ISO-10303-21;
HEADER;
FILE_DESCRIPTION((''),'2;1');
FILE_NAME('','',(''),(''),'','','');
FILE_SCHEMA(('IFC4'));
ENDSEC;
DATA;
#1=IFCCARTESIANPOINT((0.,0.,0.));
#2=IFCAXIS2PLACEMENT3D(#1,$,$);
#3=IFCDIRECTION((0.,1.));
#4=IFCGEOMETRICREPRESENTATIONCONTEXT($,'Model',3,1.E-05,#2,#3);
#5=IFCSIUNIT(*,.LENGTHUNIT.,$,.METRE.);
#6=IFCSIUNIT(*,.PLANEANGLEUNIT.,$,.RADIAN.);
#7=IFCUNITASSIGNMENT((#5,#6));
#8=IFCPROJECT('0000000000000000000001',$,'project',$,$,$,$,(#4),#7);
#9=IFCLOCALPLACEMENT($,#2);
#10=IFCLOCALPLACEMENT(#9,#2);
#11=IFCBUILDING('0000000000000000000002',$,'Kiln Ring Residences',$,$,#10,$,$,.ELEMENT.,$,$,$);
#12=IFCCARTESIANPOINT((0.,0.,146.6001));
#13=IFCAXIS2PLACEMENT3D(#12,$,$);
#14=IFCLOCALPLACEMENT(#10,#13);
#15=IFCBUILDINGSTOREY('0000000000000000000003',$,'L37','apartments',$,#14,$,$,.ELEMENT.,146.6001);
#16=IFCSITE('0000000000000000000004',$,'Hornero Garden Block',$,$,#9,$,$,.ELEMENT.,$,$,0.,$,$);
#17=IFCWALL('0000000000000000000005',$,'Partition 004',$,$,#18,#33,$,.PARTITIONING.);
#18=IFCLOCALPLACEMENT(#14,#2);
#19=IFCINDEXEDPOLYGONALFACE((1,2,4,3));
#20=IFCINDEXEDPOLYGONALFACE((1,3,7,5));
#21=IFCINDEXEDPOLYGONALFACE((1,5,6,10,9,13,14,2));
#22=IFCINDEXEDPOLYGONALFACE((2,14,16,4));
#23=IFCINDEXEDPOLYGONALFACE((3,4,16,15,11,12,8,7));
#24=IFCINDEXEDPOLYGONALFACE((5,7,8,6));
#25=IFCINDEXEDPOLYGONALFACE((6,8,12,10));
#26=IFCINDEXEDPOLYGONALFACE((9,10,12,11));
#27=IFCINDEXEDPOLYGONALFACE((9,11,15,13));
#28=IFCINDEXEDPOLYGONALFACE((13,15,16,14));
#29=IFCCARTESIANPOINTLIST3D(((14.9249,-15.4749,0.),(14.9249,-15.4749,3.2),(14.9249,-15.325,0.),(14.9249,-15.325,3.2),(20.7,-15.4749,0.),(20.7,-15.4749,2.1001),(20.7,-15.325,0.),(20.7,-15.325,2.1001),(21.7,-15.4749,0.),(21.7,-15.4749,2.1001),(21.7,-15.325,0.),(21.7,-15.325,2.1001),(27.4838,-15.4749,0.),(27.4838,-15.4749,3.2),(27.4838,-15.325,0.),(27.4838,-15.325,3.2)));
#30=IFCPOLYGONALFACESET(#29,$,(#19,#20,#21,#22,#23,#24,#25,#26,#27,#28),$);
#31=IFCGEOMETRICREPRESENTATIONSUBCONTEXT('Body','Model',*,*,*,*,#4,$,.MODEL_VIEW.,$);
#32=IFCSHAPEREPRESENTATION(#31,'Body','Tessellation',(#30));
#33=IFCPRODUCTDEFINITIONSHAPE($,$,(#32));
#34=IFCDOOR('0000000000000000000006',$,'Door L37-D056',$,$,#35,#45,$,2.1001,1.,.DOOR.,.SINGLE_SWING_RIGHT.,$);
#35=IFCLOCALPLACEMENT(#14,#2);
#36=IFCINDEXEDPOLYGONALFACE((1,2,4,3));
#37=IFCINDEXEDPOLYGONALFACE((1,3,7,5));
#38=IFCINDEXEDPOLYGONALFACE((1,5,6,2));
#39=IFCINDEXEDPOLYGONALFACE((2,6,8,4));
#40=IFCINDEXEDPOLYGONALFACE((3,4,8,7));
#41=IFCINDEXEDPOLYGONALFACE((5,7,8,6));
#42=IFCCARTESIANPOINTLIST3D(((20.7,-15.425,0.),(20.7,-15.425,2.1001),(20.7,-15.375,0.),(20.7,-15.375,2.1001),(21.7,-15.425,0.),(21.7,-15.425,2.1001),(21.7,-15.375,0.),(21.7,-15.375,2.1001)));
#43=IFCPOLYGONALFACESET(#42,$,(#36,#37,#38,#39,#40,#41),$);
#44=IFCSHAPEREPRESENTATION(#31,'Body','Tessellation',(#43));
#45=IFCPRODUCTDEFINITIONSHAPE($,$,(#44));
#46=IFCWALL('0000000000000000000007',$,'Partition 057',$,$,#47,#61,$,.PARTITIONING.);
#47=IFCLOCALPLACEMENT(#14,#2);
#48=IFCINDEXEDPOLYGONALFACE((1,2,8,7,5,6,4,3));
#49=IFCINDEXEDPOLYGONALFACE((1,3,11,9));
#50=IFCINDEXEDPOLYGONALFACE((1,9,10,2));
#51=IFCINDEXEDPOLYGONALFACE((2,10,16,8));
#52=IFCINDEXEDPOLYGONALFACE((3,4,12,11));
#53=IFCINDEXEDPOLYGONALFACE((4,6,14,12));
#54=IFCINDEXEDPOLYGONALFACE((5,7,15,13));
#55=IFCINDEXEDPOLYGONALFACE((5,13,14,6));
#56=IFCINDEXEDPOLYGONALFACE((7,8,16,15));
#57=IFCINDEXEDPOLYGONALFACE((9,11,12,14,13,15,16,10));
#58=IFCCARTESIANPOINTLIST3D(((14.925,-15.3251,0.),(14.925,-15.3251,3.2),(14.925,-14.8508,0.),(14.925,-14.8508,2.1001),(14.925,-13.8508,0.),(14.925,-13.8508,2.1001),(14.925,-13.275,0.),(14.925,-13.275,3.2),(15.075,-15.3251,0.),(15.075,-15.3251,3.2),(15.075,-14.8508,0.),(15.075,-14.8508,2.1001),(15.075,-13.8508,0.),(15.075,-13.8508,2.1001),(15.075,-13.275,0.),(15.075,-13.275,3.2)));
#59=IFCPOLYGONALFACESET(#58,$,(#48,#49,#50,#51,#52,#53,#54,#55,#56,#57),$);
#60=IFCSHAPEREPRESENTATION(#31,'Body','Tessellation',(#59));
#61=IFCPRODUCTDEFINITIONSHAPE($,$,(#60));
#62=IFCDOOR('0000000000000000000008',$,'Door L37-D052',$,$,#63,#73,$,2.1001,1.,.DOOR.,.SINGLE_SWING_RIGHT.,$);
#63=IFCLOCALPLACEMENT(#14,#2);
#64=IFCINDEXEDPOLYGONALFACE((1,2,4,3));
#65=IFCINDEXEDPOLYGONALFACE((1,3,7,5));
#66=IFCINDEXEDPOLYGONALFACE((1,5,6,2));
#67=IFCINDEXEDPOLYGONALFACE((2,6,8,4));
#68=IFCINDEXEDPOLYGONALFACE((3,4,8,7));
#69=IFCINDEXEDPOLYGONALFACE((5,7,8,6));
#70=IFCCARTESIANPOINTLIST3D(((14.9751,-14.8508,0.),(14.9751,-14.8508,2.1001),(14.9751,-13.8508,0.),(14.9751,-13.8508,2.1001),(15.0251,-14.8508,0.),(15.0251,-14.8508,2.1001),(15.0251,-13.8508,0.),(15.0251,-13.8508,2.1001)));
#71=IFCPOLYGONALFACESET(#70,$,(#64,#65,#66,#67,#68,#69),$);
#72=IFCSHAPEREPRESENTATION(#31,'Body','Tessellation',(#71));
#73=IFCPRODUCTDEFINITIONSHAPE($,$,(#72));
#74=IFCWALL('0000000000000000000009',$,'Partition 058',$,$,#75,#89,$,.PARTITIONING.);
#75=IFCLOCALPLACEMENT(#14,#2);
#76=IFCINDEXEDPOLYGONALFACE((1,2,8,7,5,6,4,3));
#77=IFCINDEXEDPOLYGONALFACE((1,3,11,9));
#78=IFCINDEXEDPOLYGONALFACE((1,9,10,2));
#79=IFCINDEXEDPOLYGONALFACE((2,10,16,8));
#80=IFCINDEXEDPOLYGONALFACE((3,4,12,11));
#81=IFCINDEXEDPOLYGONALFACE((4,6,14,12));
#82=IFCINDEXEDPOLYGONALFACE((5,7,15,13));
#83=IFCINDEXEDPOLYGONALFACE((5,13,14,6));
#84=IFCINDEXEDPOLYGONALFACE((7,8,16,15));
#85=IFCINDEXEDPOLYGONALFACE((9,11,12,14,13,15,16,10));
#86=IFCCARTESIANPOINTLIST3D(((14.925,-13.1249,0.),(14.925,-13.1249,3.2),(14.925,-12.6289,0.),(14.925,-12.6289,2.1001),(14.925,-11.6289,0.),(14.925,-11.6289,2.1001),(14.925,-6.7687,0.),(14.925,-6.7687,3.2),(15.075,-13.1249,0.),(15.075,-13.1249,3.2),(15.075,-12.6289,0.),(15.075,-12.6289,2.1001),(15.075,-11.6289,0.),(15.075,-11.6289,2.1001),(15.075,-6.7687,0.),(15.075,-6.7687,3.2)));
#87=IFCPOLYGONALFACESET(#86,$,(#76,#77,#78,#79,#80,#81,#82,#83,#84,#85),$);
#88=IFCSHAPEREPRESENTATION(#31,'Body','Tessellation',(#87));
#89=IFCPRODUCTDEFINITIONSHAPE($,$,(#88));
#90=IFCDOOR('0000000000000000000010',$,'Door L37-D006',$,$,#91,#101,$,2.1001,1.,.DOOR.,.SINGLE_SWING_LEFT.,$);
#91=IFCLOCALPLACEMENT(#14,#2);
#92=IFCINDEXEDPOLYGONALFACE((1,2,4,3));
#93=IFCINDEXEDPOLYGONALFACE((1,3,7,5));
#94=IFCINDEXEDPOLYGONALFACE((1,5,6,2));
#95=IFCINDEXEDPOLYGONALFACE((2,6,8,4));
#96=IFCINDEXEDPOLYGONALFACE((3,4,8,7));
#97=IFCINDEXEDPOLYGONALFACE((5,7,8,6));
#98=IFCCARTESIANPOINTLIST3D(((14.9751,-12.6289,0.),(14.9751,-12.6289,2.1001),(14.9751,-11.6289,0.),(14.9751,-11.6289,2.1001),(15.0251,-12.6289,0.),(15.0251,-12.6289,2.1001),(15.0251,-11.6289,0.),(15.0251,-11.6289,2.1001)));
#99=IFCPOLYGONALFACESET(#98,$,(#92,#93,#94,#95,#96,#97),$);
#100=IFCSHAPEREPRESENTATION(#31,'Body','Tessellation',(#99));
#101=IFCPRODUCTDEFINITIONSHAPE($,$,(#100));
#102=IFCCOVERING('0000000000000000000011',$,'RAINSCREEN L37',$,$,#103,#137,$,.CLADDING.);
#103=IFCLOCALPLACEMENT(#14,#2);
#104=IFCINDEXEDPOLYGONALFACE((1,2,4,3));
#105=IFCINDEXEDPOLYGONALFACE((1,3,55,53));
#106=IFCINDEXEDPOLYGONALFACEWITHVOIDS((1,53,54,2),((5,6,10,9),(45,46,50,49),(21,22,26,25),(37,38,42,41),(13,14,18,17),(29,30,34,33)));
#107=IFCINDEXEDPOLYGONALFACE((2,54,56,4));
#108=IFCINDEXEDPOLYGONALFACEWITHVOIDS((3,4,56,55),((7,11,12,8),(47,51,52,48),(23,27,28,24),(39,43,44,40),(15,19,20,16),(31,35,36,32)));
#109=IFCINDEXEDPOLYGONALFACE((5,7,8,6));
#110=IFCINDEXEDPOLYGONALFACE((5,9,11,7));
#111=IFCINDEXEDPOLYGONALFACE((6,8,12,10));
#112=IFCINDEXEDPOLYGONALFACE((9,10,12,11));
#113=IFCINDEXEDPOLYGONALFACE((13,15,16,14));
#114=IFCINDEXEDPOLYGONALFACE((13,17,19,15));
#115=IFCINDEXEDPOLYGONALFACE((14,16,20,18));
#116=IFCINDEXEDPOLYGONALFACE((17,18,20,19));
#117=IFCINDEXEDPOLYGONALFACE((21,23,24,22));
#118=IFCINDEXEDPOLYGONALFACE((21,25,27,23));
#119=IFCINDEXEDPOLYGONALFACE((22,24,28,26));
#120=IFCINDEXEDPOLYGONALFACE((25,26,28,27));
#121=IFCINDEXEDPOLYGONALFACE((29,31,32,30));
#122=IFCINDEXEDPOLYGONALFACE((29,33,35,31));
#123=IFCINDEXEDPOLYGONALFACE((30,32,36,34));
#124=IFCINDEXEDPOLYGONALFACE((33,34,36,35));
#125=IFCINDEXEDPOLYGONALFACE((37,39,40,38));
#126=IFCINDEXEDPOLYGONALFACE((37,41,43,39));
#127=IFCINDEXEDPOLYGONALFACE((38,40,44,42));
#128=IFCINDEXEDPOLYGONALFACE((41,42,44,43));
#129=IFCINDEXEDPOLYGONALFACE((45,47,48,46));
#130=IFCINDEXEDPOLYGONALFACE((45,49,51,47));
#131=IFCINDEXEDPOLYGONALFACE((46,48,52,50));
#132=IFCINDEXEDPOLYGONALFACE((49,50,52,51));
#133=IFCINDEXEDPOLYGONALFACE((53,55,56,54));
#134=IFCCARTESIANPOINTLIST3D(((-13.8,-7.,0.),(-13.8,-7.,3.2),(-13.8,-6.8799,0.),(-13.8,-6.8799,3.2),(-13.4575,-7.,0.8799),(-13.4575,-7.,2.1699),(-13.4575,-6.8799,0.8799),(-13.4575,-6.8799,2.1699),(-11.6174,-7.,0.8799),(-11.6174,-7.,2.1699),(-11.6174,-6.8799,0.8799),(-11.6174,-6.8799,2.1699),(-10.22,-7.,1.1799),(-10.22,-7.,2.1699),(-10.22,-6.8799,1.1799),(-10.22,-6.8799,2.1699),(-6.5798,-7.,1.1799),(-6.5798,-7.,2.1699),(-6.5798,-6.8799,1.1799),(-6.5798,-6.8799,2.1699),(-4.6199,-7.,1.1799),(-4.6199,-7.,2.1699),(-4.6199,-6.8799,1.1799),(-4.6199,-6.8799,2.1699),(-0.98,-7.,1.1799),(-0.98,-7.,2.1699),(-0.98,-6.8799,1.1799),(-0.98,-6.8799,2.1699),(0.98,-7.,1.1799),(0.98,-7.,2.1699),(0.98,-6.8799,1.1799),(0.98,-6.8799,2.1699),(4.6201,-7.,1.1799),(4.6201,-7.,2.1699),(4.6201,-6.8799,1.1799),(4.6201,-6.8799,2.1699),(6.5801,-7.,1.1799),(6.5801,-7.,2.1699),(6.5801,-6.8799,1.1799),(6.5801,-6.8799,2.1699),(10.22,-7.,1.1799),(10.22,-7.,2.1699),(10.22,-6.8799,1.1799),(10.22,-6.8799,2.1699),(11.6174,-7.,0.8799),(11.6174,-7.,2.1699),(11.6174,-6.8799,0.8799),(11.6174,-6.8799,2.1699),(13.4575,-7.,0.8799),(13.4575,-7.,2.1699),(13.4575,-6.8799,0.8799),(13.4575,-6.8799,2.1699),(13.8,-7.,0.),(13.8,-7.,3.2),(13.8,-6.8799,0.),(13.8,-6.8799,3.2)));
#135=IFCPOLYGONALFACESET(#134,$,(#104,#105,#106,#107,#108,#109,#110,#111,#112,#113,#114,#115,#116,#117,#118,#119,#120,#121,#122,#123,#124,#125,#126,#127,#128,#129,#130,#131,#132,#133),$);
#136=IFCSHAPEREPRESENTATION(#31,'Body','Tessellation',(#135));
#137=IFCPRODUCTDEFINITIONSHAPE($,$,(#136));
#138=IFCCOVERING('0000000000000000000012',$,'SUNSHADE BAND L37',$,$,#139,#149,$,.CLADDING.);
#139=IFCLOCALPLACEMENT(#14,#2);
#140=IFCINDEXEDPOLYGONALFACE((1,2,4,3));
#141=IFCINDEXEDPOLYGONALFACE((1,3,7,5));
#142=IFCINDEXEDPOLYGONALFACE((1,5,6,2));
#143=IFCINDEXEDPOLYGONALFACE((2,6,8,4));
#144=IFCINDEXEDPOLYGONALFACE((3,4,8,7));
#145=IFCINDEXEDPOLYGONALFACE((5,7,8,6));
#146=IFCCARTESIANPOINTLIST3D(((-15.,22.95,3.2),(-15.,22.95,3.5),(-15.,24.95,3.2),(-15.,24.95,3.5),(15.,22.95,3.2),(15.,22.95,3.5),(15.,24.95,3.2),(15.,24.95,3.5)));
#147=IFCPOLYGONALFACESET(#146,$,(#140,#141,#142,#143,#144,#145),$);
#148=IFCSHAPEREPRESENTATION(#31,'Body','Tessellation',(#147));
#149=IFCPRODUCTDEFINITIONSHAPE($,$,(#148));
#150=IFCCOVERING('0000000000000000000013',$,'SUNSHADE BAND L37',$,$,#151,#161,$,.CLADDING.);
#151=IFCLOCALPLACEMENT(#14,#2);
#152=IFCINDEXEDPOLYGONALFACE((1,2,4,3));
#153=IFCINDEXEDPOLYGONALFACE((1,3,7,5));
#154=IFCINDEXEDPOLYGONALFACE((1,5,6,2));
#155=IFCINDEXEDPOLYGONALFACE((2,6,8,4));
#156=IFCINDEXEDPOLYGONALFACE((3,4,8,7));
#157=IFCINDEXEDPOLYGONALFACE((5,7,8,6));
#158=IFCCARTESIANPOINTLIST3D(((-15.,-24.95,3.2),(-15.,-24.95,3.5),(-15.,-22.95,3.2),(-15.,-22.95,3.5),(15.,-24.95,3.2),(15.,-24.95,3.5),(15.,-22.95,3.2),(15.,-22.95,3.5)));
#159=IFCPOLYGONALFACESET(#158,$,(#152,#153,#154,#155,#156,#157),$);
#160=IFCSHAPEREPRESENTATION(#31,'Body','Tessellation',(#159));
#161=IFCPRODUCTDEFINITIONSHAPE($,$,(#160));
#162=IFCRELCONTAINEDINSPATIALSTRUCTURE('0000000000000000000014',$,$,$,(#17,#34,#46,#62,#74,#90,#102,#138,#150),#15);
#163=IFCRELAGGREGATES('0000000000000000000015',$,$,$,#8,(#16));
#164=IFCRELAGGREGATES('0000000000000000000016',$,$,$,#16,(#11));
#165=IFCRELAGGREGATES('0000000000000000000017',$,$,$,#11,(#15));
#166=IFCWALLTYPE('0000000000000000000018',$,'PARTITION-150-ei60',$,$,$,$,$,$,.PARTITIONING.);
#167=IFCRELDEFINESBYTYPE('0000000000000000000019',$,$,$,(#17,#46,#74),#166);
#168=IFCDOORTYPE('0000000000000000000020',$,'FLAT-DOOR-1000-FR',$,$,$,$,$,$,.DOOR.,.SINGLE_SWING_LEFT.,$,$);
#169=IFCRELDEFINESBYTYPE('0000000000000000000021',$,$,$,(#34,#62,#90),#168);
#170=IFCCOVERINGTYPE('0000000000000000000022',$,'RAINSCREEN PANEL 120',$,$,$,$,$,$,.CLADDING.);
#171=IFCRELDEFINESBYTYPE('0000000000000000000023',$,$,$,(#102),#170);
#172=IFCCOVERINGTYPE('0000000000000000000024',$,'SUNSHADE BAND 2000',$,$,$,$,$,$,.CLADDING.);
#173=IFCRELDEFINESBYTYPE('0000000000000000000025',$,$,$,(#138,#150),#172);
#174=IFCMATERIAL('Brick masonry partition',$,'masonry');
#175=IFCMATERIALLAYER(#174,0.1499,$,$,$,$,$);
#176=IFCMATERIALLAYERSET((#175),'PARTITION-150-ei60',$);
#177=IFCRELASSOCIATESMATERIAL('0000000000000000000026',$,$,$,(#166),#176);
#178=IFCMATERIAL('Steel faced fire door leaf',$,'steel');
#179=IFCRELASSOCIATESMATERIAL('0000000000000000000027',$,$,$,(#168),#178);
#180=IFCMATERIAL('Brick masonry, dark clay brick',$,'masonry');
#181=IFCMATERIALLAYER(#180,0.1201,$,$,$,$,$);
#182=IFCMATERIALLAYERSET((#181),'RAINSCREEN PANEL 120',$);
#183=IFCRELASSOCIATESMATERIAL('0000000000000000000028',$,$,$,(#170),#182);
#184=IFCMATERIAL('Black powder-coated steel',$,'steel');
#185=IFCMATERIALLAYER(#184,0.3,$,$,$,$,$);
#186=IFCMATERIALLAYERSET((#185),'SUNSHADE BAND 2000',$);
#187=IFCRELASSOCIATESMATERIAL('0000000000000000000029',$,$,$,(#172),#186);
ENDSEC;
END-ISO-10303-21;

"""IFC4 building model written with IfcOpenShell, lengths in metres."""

from ifc_helpers import new_model, si_unit, direction, frame, frame_2d, origin, place, context, subcontext, project, spatial, polyline, rectangle, outline, extrude, material, layer, layer_set, type_object, element, fill, save


model = new_model("IFC4")

# Units and contexts
model_context = context("Model", 3, precision=1e-05, world=origin(), true_north=direction((0.0, 1.0)))
body_context = subcontext(model_context, "Body", "Model", "MODEL_VIEW")
ifc_project = project(units=[si_unit("LENGTHUNIT", "METRE"), si_unit("PLANEANGLEUNIT", "RADIAN")], contexts=[model_context])

# Site, building, storey
site_placement = place(None, origin())
site = spatial("IfcSite", under=ifc_project, at=site_placement, Name="Hornero Garden Block", CompositionType="ELEMENT", RefElevation=0.0)
building_placement = place(site_placement, origin())
building = spatial("IfcBuilding", under=site, at=building_placement, Name="Kiln Ring Residences", CompositionType="ELEMENT")
storey_placement = place(building_placement, frame((0.0, 0.0, 146.6001)))
storey = spatial("IfcBuildingStorey", under=building, at=storey_placement, Name="L37", Description="apartments", CompositionType="ELEMENT", Elevation=146.6001)

# Walls, openings, doors
ifc_material_1 = material(Name="Brick masonry partition", Category="masonry")
ifc_layer_1 = layer(ifc_material_1, 0.1499)
ifc_layer_set_1 = layer_set([ifc_layer_1], Name="PARTITION-150-ei60")
wall_type_1 = type_object("IfcWallType", Name="PARTITION-150-ei60", PredefinedType="PARTITIONING", material=ifc_layer_set_1)
wall_1_placement = place(storey_placement, frame((14.925, -15.3999, 0.0), z_axis=(0.0, 0.0, 1.0), x_axis=(1.0, 0.0, 0.0)))
wall_1 = element("IfcWall", 1, at=wall_1_placement, inside=storey, type_object=wall_type_1, Name="Partition 004", PredefinedType="PARTITIONING", context=body_context, shape_type="SweptSolid", body=[
    extrude(rectangle(XDim=12.5588, YDim=0.1499, at=frame_2d((6.2793, 0.0))), origin(), (0.0, 0.0, 1.0), 3.2),
])
opening_1_placement = place(wall_1_placement, frame((5.7749, 0.0, 0.0)))
opening_1 = element("IfcOpeningElement", 2, at=opening_1_placement, cuts=wall_1, PredefinedType="OPENING", context=body_context, shape_type="SweptSolid", body=[
    extrude(rectangle(XDim=1.0, YDim=2.1001, at=frame_2d((0.5, 1.05))), frame((0.0, 0.085, 0.0), z_axis=(0.0, -1.0, 0.0), x_axis=(1.0, 0.0, 0.0)), (0.0, 0.0, 1.0), 0.1699),
])
ifc_material_2 = material(Name="Steel faced fire door leaf", Category="steel")
door_type = type_object("IfcDoorType", Name="FLAT-DOOR-1000-FR", OperationType="SINGLE_SWING_LEFT", PredefinedType="DOOR", material=ifc_material_2)
door_1_placement = place(opening_1_placement, origin())
door_1 = element("IfcDoor", 3, at=door_1_placement, inside=storey, type_object=door_type, Name="Door L37-D056", OperationType="SINGLE_SWING_RIGHT", OverallHeight=2.1001, OverallWidth=1.0, PredefinedType="DOOR", context=body_context, shape_type="SweptSolid", body=[
    extrude(rectangle(XDim=1.0, YDim=2.1001, at=frame_2d((0.5, 1.05))), frame((0.0, 0.0249, 0.0), z_axis=(0.0, -1.0, 0.0), x_axis=(1.0, 0.0, 0.0)), (0.0, 0.0, 1.0), 0.05),
])
fill(opening_1, door_1)
wall_2_placement = place(storey_placement, frame((15.0, -15.325, 0.0), z_axis=(0.0, 0.0, 1.0), x_axis=(0.0, 1.0, 0.0)))
wall_2 = element("IfcWall", 4, at=wall_2_placement, inside=storey, type_object=wall_type_1, Name="Partition 057", PredefinedType="PARTITIONING", context=body_context, shape_type="SweptSolid", body=[
    extrude(rectangle(XDim=2.05, YDim=0.1499, at=frame_2d((1.0249, 0.0))), origin(), (0.0, 0.0, 1.0), 3.2),
])
opening_2_placement = place(wall_2_placement, frame((0.4741, 0.0, 0.0)))
opening_2 = element("IfcOpeningElement", 5, at=opening_2_placement, cuts=wall_2, PredefinedType="OPENING", context=body_context, shape_type="SweptSolid", body=[
    extrude(rectangle(XDim=1.0, YDim=2.1001, at=frame_2d((0.5, 1.05))), frame((0.0, 0.085, 0.0), z_axis=(0.0, -1.0, 0.0), x_axis=(1.0, 0.0, 0.0)), (0.0, 0.0, 1.0), 0.1699),
])
door_2_placement = place(opening_2_placement, origin())
door_2 = element("IfcDoor", 6, at=door_2_placement, inside=storey, type_object=door_type, Name="Door L37-D052", OperationType="SINGLE_SWING_RIGHT", OverallHeight=2.1001, OverallWidth=1.0, PredefinedType="DOOR", context=body_context, shape_type="SweptSolid", body=[
    extrude(rectangle(XDim=1.0, YDim=2.1001, at=frame_2d((0.5, 1.05))), frame((0.0, 0.0249, 0.0), z_axis=(0.0, -1.0, 0.0), x_axis=(1.0, 0.0, 0.0)), (0.0, 0.0, 1.0), 0.05),
])
fill(opening_2, door_2)
wall_3_placement = place(storey_placement, frame((15.0, -13.125, 0.0), z_axis=(0.0, 0.0, 1.0), x_axis=(0.0, 1.0, 0.0)))
wall_3 = element("IfcWall", 7, at=wall_3_placement, inside=storey, type_object=wall_type_1, Name="Partition 058", PredefinedType="PARTITIONING", context=body_context, shape_type="SweptSolid", body=[
    extrude(rectangle(XDim=6.3562, YDim=0.1499, at=frame_2d((3.1782, 0.0))), origin(), (0.0, 0.0, 1.0), 3.2),
])
opening_3_placement = place(wall_3_placement, frame((0.4961, 0.0, 0.0)))
opening_3 = element("IfcOpeningElement", 8, at=opening_3_placement, cuts=wall_3, PredefinedType="OPENING", context=body_context, shape_type="SweptSolid", body=[
    extrude(rectangle(XDim=1.0, YDim=2.1001, at=frame_2d((0.5, 1.05))), frame((0.0, 0.085, 0.0), z_axis=(0.0, -1.0, 0.0), x_axis=(1.0, 0.0, 0.0)), (0.0, 0.0, 1.0), 0.1699),
])
door_3_placement = place(opening_3_placement, origin())
door_3 = element("IfcDoor", 9, at=door_3_placement, inside=storey, type_object=door_type, Name="Door L37-D006", OperationType="SINGLE_SWING_LEFT", OverallHeight=2.1001, OverallWidth=1.0, PredefinedType="DOOR", context=body_context, shape_type="SweptSolid", body=[
    extrude(rectangle(XDim=1.0, YDim=2.1001, at=frame_2d((0.5, 1.05))), frame((0.0, 0.0249, 0.0), z_axis=(0.0, -1.0, 0.0), x_axis=(1.0, 0.0, 0.0)), (0.0, 0.0, 1.0), 0.05),
])
fill(opening_3, door_3)

# Coverings
ifc_material_3 = material(Name="Brick masonry, dark clay brick", Category="masonry")
ifc_layer_2 = layer(ifc_material_3, 0.1201)
ifc_layer_set_2 = layer_set([ifc_layer_2], Name="RAINSCREEN PANEL 120")
covering_type_1 = type_object("IfcCoveringType", Name="RAINSCREEN PANEL 120", PredefinedType="CLADDING", material=ifc_layer_set_2)
covering_1_placement = place(storey_placement, frame((13.8, -6.9399, 0.0), z_axis=(0.0, 0.0, 1.0), x_axis=(-1.0, 0.0, 0.0)))
element("IfcCovering", 10, at=covering_1_placement, inside=storey, type_object=covering_type_1, Name="RAINSCREEN L37", PredefinedType="CLADDING", context=body_context, shape_type="SweptSolid", body=[
    extrude(outline(polyline([(0.0, 0.0), (27.6001, 0.0), (27.6001, 3.2), (0.0, 3.2), (0.0, 0.0)]), holes=[polyline([(2.1826, 0.8799), (2.1826, 2.1699), (0.3425, 2.1699), (0.3425, 0.8799), (2.1826, 0.8799)]), polyline([(25.4175, 0.8799), (27.2576, 0.8799), (27.2576, 2.1699), (25.4175, 2.1699), (25.4175, 0.8799)]), polyline([(3.5801, 1.1799), (7.22, 1.1799), (7.22, 2.1699), (3.5801, 2.1699), (3.5801, 1.1799)]), polyline([(12.8201, 1.1799), (12.8201, 2.1699), (9.1799, 2.1699), (9.1799, 1.1799), (12.8201, 1.1799)]), polyline([(14.78, 1.1799), (18.4199, 1.1799), (18.4199, 2.1699), (14.78, 2.1699), (14.78, 1.1799)]), polyline([(20.3799, 1.1799), (24.02, 1.1799), (24.02, 2.1699), (20.3799, 2.1699), (20.3799, 1.1799)])]), frame((0.0, 0.0601, 0.0), z_axis=(0.0, -1.0, 0.0), x_axis=(1.0, 0.0, 0.0)), (0.0, 0.0, 1.0), 0.1201),
])
ifc_material_4 = material(Name="Black powder-coated steel", Category="steel")
ifc_layer_3 = layer(ifc_material_4, 0.3)
ifc_layer_set_3 = layer_set([ifc_layer_3], Name="SUNSHADE BAND 2000")
covering_type_2 = type_object("IfcCoveringType", Name="SUNSHADE BAND 2000", PredefinedType="CLADDING", material=ifc_layer_set_3)
placement_1 = place(storey_placement, frame((0.0, 0.0, 3.2)))
element("IfcCovering", 11, at=placement_1, inside=storey, type_object=covering_type_2, Name="SUNSHADE BAND L37", PredefinedType="CLADDING", context=body_context, shape_type="SweptSolid", body=[
    extrude(outline(polyline([(15.0, 24.95), (-15.0, 24.95), (-15.0, 22.95), (15.0, 22.95), (15.0, 24.95)])), origin(), (0.0, 0.0, 1.0), 0.3),
])
element("IfcCovering", 12, at=placement_1, inside=storey, type_object=covering_type_2, Name="SUNSHADE BAND L37", PredefinedType="CLADDING", context=body_context, shape_type="SweptSolid", body=[
    extrude(outline(polyline([(-15.0, -24.95), (15.0, -24.95), (15.0, -22.95), (-15.0, -22.95), (-15.0, -24.95)])), origin(), (0.0, 0.0, 1.0), 0.3),
])

save(model, "model.ifc")
